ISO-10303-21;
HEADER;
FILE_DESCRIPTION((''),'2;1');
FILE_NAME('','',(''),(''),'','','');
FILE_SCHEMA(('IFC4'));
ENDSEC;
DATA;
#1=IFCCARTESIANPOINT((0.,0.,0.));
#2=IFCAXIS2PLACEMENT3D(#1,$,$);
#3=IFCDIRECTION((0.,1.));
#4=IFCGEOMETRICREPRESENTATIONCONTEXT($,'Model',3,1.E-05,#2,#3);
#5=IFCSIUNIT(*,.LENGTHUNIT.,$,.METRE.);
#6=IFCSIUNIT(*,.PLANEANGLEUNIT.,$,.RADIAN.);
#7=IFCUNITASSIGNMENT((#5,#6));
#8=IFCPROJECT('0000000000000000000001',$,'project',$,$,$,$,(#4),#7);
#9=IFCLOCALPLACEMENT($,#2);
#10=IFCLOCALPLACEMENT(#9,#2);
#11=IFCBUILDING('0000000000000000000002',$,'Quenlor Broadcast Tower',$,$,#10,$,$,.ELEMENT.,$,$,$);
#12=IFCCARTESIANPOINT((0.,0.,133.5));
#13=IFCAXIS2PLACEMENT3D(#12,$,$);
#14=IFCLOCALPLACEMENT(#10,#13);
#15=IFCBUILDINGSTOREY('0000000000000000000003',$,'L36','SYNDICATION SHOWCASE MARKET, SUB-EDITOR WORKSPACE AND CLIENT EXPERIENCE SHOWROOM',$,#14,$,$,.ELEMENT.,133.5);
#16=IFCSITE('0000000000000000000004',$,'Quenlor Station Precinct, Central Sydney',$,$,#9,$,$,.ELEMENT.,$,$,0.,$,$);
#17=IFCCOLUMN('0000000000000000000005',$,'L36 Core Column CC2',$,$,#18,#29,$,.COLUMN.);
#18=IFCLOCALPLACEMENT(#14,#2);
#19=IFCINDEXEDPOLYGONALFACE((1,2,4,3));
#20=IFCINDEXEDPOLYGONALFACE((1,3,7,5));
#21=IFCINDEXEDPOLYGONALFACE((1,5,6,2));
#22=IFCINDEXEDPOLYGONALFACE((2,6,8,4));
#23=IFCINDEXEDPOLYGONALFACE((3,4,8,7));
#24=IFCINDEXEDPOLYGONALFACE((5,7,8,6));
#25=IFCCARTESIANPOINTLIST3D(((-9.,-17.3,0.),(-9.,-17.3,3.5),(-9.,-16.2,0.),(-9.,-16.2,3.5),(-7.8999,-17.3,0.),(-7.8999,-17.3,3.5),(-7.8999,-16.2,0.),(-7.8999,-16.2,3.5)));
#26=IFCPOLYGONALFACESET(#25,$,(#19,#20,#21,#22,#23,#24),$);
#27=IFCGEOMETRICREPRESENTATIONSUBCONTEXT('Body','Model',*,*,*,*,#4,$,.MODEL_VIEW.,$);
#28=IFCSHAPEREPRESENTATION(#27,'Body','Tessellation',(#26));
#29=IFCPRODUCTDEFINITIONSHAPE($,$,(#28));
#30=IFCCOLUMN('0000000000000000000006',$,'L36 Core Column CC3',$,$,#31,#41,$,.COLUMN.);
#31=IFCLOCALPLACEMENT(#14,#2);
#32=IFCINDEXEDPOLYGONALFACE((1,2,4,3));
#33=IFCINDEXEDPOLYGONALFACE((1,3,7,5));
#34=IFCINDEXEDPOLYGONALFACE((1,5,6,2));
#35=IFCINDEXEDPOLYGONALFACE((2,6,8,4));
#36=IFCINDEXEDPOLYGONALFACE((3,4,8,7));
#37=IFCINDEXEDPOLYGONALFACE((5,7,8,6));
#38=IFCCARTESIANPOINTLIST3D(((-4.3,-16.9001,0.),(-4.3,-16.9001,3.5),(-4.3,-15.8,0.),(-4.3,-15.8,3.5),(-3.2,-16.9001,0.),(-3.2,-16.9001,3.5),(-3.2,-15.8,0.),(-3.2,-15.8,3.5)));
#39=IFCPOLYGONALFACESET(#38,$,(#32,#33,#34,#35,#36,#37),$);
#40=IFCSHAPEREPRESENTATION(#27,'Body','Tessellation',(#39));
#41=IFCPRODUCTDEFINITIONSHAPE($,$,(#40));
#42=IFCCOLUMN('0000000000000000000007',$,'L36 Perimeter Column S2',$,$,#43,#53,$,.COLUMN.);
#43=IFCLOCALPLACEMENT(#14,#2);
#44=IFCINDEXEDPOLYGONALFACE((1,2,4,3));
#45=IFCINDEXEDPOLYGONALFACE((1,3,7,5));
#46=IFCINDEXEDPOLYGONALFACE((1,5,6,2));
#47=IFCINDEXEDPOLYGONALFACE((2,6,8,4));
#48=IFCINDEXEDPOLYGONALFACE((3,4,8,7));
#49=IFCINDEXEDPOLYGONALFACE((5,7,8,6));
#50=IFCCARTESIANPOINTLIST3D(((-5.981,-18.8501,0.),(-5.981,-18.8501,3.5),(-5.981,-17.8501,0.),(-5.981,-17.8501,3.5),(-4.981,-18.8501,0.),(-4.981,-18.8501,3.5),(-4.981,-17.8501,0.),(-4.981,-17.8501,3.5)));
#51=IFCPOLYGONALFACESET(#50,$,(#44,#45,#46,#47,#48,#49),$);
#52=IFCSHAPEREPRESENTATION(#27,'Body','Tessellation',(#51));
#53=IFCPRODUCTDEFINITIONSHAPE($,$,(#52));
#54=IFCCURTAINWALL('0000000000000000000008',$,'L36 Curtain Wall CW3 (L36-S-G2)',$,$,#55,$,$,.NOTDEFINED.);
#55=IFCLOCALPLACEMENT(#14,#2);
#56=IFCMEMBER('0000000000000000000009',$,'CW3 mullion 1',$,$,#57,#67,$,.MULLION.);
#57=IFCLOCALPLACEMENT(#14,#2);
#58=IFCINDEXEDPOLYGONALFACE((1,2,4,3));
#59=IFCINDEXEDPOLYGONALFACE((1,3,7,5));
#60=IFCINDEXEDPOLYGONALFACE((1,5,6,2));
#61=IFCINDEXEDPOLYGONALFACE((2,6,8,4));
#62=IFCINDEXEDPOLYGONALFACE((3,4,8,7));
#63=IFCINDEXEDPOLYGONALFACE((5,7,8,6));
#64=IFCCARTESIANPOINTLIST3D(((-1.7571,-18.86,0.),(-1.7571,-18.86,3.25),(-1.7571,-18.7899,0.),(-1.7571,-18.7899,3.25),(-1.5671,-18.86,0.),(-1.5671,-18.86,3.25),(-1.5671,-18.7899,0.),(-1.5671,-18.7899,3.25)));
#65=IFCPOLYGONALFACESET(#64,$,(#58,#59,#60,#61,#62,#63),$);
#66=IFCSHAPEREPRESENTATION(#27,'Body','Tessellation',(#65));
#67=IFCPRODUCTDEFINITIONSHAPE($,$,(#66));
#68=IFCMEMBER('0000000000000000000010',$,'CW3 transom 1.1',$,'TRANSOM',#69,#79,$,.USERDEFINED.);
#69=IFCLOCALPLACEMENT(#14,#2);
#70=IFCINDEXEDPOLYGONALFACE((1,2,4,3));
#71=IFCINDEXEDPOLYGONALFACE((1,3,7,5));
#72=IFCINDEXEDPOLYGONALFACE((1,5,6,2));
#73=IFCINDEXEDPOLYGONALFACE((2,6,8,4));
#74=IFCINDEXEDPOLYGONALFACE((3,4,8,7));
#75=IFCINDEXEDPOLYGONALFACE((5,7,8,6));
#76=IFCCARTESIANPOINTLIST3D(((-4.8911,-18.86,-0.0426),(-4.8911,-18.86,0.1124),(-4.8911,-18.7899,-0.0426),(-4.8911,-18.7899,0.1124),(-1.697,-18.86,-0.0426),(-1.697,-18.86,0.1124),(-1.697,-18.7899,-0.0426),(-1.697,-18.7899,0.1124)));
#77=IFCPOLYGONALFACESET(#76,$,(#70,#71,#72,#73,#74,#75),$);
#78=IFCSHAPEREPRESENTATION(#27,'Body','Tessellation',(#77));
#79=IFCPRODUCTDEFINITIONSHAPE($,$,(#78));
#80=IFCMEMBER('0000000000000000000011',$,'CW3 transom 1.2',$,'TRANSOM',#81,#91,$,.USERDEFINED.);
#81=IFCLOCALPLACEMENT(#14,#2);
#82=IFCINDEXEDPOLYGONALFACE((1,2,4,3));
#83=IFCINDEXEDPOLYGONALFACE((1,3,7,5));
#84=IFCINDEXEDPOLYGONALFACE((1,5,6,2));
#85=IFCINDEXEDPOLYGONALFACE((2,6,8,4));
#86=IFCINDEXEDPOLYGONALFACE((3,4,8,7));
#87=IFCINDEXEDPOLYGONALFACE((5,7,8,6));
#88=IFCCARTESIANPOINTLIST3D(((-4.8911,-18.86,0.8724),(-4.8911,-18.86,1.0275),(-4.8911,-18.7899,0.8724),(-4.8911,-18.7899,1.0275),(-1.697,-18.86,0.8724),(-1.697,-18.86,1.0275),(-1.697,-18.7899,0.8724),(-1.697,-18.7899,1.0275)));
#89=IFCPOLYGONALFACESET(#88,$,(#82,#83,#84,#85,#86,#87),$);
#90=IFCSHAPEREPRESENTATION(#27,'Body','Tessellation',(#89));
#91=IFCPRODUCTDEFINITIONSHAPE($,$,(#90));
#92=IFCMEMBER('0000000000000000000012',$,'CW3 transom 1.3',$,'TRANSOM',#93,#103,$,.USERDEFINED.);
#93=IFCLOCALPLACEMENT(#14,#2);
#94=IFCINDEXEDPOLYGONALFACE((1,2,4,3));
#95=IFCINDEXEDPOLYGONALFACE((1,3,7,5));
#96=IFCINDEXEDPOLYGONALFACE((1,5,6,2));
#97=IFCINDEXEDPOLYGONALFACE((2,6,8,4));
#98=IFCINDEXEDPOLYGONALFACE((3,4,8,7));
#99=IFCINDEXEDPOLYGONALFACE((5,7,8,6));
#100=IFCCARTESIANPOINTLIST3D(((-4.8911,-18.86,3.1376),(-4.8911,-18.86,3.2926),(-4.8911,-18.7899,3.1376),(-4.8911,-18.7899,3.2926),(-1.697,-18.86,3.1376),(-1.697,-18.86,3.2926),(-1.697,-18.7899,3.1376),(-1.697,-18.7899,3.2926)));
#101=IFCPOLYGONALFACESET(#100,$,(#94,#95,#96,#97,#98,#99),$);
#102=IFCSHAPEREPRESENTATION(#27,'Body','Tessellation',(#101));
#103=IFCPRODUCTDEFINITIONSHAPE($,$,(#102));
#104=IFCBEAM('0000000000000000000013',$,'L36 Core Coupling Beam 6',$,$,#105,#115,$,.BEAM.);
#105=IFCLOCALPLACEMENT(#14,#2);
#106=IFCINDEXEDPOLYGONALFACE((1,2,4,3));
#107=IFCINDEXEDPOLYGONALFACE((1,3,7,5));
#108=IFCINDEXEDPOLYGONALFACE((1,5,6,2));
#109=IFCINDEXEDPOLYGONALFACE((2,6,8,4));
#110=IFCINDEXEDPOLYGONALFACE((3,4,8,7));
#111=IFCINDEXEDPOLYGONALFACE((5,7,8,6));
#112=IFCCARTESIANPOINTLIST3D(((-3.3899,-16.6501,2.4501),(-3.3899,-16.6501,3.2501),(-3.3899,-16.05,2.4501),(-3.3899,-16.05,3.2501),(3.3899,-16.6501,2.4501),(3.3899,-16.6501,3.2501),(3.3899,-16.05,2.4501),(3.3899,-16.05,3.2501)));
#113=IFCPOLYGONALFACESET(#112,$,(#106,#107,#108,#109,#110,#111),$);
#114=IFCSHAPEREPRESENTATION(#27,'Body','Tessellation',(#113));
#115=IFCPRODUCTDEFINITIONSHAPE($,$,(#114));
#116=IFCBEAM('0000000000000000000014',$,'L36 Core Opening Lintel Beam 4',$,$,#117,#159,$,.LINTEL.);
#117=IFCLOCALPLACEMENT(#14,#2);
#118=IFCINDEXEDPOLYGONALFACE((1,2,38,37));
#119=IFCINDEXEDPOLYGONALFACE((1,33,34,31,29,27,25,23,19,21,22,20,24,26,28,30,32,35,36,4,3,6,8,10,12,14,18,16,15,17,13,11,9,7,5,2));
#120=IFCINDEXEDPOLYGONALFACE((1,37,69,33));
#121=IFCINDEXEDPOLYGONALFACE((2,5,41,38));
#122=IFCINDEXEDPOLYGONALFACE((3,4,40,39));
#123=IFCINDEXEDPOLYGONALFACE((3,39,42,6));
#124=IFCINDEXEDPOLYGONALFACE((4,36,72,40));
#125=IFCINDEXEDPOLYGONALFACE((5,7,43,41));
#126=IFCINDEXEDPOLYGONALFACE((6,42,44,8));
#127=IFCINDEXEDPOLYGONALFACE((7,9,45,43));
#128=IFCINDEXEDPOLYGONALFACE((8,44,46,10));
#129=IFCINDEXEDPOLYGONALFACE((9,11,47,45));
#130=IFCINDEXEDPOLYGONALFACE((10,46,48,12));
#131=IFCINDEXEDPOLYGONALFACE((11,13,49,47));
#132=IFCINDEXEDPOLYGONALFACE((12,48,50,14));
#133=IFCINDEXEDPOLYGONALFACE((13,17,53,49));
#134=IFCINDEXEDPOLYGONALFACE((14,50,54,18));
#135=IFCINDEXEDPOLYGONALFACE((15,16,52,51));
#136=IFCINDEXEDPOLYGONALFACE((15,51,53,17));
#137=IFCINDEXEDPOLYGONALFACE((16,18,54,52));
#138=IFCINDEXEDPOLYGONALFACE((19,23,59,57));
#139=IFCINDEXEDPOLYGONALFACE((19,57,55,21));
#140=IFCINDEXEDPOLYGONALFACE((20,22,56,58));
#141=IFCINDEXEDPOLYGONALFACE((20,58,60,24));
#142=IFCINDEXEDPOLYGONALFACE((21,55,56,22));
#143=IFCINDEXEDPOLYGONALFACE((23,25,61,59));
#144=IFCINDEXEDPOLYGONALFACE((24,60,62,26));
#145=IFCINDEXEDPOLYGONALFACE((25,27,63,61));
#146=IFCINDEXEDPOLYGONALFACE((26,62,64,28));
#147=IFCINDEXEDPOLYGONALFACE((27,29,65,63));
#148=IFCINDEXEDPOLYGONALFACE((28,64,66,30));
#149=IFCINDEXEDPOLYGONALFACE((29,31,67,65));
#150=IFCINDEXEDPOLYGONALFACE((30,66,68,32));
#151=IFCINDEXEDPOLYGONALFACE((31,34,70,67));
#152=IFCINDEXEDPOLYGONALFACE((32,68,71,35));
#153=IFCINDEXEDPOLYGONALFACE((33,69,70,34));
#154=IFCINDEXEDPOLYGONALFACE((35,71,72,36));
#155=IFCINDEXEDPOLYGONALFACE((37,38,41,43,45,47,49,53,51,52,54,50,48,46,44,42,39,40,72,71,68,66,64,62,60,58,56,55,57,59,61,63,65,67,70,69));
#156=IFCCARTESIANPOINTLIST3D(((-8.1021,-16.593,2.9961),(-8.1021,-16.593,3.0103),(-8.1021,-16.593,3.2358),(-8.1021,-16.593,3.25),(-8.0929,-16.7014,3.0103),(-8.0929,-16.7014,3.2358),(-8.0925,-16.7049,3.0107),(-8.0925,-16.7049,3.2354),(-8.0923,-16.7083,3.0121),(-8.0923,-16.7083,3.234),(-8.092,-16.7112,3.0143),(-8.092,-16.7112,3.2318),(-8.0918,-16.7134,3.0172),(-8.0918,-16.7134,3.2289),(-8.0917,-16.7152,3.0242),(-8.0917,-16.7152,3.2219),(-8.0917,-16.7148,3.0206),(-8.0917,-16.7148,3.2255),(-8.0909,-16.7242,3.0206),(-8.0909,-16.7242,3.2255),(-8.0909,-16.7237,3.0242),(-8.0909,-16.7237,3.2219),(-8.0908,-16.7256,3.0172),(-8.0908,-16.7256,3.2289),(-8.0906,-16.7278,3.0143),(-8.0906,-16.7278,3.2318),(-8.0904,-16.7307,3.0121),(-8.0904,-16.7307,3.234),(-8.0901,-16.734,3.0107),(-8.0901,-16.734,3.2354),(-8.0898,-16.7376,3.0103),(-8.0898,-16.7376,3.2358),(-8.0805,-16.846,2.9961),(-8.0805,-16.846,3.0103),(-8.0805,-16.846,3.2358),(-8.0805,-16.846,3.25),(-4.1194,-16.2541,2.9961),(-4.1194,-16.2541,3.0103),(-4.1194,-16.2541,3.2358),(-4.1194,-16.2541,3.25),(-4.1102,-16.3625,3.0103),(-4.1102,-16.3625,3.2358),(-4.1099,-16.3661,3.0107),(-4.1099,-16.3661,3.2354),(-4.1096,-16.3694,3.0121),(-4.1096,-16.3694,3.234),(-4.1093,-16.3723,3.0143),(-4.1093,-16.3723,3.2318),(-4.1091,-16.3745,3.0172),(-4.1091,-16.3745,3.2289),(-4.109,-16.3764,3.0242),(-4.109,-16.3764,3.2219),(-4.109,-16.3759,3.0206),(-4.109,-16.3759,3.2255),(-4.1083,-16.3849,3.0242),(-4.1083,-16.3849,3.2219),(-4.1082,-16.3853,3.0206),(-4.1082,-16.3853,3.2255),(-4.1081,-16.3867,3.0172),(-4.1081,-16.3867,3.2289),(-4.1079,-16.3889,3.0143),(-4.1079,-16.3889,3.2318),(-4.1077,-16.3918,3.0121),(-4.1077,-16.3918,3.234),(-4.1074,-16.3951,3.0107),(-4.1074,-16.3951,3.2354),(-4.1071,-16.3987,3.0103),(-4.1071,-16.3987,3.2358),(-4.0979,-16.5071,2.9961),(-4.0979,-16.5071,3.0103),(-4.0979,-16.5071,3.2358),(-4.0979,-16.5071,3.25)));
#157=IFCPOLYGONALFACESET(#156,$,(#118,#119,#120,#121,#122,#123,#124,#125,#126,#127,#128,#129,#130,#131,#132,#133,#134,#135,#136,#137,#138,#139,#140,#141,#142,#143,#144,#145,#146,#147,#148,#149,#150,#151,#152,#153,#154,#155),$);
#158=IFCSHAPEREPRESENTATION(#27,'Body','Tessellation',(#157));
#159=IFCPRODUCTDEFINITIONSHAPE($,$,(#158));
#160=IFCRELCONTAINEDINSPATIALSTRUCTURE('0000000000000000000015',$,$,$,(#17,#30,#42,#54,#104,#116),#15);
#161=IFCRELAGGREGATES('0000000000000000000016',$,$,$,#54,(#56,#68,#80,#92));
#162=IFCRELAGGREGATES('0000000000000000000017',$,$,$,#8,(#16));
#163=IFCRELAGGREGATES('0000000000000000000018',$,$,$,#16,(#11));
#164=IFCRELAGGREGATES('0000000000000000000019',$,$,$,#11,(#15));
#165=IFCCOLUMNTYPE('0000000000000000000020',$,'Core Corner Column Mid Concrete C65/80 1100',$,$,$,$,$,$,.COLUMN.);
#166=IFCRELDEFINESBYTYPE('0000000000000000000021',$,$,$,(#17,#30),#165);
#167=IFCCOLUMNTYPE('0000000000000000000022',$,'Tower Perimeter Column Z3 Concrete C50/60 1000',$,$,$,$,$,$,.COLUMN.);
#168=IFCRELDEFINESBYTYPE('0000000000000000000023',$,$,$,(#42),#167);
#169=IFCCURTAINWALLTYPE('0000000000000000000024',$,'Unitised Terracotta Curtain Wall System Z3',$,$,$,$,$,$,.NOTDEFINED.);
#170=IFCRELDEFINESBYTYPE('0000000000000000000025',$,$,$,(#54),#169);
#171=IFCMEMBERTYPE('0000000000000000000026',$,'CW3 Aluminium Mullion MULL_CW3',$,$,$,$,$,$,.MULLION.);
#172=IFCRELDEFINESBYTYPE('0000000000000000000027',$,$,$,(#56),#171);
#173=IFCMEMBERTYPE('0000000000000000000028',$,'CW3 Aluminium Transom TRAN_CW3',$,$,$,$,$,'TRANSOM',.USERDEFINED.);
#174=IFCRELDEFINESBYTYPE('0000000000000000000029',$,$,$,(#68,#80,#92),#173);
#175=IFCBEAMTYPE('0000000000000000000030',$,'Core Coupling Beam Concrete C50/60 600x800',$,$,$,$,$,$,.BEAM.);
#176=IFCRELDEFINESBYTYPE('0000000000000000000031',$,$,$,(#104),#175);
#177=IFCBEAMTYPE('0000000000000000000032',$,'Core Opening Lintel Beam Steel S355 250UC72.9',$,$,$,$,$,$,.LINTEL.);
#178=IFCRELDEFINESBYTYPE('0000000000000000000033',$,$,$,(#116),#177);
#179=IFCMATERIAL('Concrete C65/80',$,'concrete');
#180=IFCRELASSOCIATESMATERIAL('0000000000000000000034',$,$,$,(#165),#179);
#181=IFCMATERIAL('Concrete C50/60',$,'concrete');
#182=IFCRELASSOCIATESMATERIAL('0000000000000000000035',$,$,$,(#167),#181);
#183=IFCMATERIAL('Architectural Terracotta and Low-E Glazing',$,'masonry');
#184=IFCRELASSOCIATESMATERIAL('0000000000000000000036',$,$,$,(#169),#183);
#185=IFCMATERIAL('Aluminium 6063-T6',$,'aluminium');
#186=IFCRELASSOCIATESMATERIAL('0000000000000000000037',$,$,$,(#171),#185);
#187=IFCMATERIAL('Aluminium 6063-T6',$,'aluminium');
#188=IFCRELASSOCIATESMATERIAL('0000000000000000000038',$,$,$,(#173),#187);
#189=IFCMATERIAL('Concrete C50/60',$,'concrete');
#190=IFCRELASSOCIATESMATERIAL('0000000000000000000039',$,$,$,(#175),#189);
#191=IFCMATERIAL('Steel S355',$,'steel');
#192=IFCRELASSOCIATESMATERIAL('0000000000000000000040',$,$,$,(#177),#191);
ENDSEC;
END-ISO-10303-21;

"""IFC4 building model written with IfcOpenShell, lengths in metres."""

from ifc_helpers import new_model, si_unit, direction, frame, origin, origin_2d, place, context, subcontext, project, spatial, rectangle, i_section, extrude, material, material_profile, profile_set, type_object, element, aggregate, save


model = new_model("IFC4")

# Units and contexts
model_context = context("Model", 3, precision=1e-05, world=origin(), true_north=direction((0.0, 1.0)))
body_context = subcontext(model_context, "Body", "Model", "MODEL_VIEW")
ifc_project = project(units=[si_unit("LENGTHUNIT", "METRE"), si_unit("PLANEANGLEUNIT", "RADIAN")], contexts=[model_context])

# Site, building, storey
site_placement = place(None, origin())
site = spatial("IfcSite", under=ifc_project, at=site_placement, Name="Quenlor Station Precinct, Central Sydney", CompositionType="ELEMENT", RefElevation=0.0)
building_placement = place(site_placement, origin())
building = spatial("IfcBuilding", under=site, at=building_placement, Name="Quenlor Broadcast Tower", CompositionType="ELEMENT")
storey_placement = place(building_placement, frame((0.0, 0.0, 133.5)))
storey = spatial("IfcBuildingStorey", under=building, at=storey_placement, Name="L36", Description="SYNDICATION SHOWCASE MARKET, SUB-EDITOR WORKSPACE AND CLIENT EXPERIENCE SHOWROOM", CompositionType="ELEMENT", Elevation=133.5)

# Columns
ifc_material_1 = material(Name="Concrete C65/80", Category="concrete")
ifc_material_profile_1 = material_profile(ifc_material_1, rectangle(XDim=1.1001, YDim=1.1001, at=origin_2d()))
ifc_profile_set_1 = profile_set([ifc_material_profile_1], Name="Concrete C65/80 RC1100x1100")
column_type_1 = type_object("IfcColumnType", Name="Core Corner Column Mid Concrete C65/80 1100", PredefinedType="COLUMN", material=ifc_profile_set_1)
for number, where, z_axis, x_axis, name in (
    (1, (-8.45, -16.75, 0.0), (0.0, 0.0, 1.0), (1.0, 0.0, 0.0), "L36 Core Column CC2"),
    (2, (-3.75, -16.3501, 0.0), (0.0, 0.0, 1.0), (1.0, 0.0, 0.0), "L36 Core Column CC3"),
):
    element("IfcColumn", number, at=place(storey_placement, frame(where, z_axis=z_axis, x_axis=x_axis)), inside=storey, type_object=column_type_1, Name=name, PredefinedType="COLUMN", context=body_context, shape_type="SweptSolid", body=[
        extrude(rectangle(XDim=1.1001, YDim=1.1001, at=origin_2d()), origin(), (0.0, 0.0, 1.0), 3.5),
    ])
ifc_material_2 = material(Name="Concrete C50/60", Category="concrete")
ifc_material_profile_2 = material_profile(ifc_material_2, rectangle(XDim=1.0, YDim=1.0, at=origin_2d()))
ifc_profile_set_2 = profile_set([ifc_material_profile_2], Name="Concrete C50/60 RC1000x1000")
column_type_2 = type_object("IfcColumnType", Name="Tower Perimeter Column Z3 Concrete C50/60 1000", PredefinedType="COLUMN", material=ifc_profile_set_2)
column_placement = place(storey_placement, frame((-5.481, -18.3501, 0.0), z_axis=(0.0, 0.0, 1.0), x_axis=(0.0, 1.0, 0.0)))
element("IfcColumn", 3, at=column_placement, inside=storey, type_object=column_type_2, Name="L36 Perimeter Column S2", PredefinedType="COLUMN", context=body_context, shape_type="SweptSolid", body=[
    extrude(rectangle(XDim=1.0, YDim=1.0, at=origin_2d()), origin(), (0.0, 0.0, 1.0), 3.5),
])

# Curtain wall, members
ifc_material_3 = material(Name="Architectural Terracotta and Low-E Glazing", Category="masonry")
curtain_wall_type = type_object("IfcCurtainWallType", Name="Unitised Terracotta Curtain Wall System Z3", PredefinedType="NOTDEFINED", material=ifc_material_3)
curtain_wall_placement = place(storey_placement, origin())
curtain_wall = element("IfcCurtainWall", 4, at=curtain_wall_placement, inside=storey, type_object=curtain_wall_type, Name="L36 Curtain Wall CW3 (L36-S-G2)", PredefinedType="NOTDEFINED")
ifc_material_4 = material(Name="Aluminium 6063-T6", Category="aluminium")
ifc_material_profile_3 = material_profile(ifc_material_4, rectangle(XDim=0.0701, YDim=0.1899, at=origin_2d()))
ifc_profile_set_3 = profile_set([ifc_material_profile_3], Name="Aluminium 6063-T6 MULL70x190")
member_type_1 = type_object("IfcMemberType", Name="CW3 Aluminium Mullion MULL_CW3", PredefinedType="MULLION", material=ifc_profile_set_3)
member_1_placement = place(storey_placement, frame((-1.6621, -18.825, 0.0), z_axis=(0.0, 0.0, 1.0), x_axis=(0.0, -1.0, 0.0)))
member_1 = element("IfcMember", 5, at=member_1_placement, type_object=member_type_1, Name="CW3 mullion 1", PredefinedType="MULLION", context=body_context, shape_type="SweptSolid", body=[
    extrude(rectangle(XDim=0.0701, YDim=0.1899, at=origin_2d()), origin(), (0.0, 0.0, 1.0), 3.25),
])
ifc_material_5 = material(Name="Aluminium 6063-T6", Category="aluminium")
ifc_material_profile_4 = material_profile(ifc_material_5, rectangle(XDim=0.0701, YDim=0.155, at=origin_2d()))
ifc_profile_set_4 = profile_set([ifc_material_profile_4], Name="Aluminium 6063-T6 TRAN70x155")
member_type_2 = type_object("IfcMemberType", Name="CW3 Aluminium Transom TRAN_CW3", ElementType="TRANSOM", PredefinedType="USERDEFINED", material=ifc_profile_set_4)
member_2_placement = place(storey_placement, frame((-1.697, -18.825, 0.0349), z_axis=(-1.0, 0.0, 0.0), x_axis=(0.0, -1.0, 0.0)))
member_2 = element("IfcMember", 6, at=member_2_placement, type_object=member_type_2, Name="CW3 transom 1.1", ObjectType="TRANSOM", PredefinedType="USERDEFINED", context=body_context, shape_type="SweptSolid", body=[
    extrude(rectangle(XDim=0.0701, YDim=0.155, at=origin_2d()), origin(), (0.0, 0.0, 1.0), 3.1941),
])
member_3_placement = place(storey_placement, frame((-1.697, -18.825, 0.95), z_axis=(-1.0, 0.0, 0.0), x_axis=(0.0, -1.0, 0.0)))
member_3 = element("IfcMember", 7, at=member_3_placement, type_object=member_type_2, Name="CW3 transom 1.2", ObjectType="TRANSOM", PredefinedType="USERDEFINED", context=body_context, shape_type="SweptSolid", body=[
    extrude(rectangle(XDim=0.0701, YDim=0.155, at=origin_2d()), origin(), (0.0, 0.0, 1.0), 3.1941),
])
member_4_placement = place(storey_placement, frame((-1.697, -18.825, 3.2151), z_axis=(-1.0, 0.0, 0.0), x_axis=(0.0, -1.0, 0.0)))
member_4 = element("IfcMember", 8, at=member_4_placement, type_object=member_type_2, Name="CW3 transom 1.3", ObjectType="TRANSOM", PredefinedType="USERDEFINED", context=body_context, shape_type="SweptSolid", body=[
    extrude(rectangle(XDim=0.0701, YDim=0.155, at=origin_2d()), origin(), (0.0, 0.0, 1.0), 3.1941),
])

# Beams
ifc_material_6 = material(Name="Concrete C50/60", Category="concrete")
ifc_material_profile_5 = material_profile(ifc_material_6, rectangle(XDim=0.6001, YDim=0.8, at=origin_2d()))
ifc_profile_set_5 = profile_set([ifc_material_profile_5], Name="Concrete C50/60 RCB600x800")
beam_type_1 = type_object("IfcBeamType", Name="Core Coupling Beam Concrete C50/60 600x800", PredefinedType="BEAM", material=ifc_profile_set_5)
beam_1_placement = place(storey_placement, frame((-3.3899, -16.3501, 2.8501), z_axis=(1.0, 0.0, 0.0), x_axis=(0.0, 1.0, 0.0)))
element("IfcBeam", 9, at=beam_1_placement, inside=storey, type_object=beam_type_1, Name="L36 Core Coupling Beam 6", PredefinedType="BEAM", context=body_context, shape_type="SweptSolid", body=[
    extrude(rectangle(XDim=0.6001, YDim=0.8, at=origin_2d()), origin(), (0.0, 0.0, 1.0), 6.7798),
])
ifc_material_7 = material(Name="Steel S355", Category="steel")
ifc_material_profile_6 = material_profile(ifc_material_7, i_section(OverallWidth=0.2539, OverallDepth=0.2539, WebThickness=0.0085, FlangeThickness=0.0142, FilletRadius=0.0139, at=origin_2d()))
ifc_profile_set_6 = profile_set([ifc_material_profile_6], Name="Steel S355 250UC72.9")
beam_type_2 = type_object("IfcBeamType", Name="Core Opening Lintel Beam Steel S355 250UC72.9", PredefinedType="LINTEL", material=ifc_profile_set_6)
beam_2_placement = place(storey_placement, frame((-8.0913, -16.7195, 3.123), z_axis=(0.9964, 0.084779, 0.0), x_axis=(-0.084779, 0.9964, 0.0)))
element("IfcBeam", 10, at=beam_2_placement, inside=storey, type_object=beam_type_2, Name="L36 Core Opening Lintel Beam 4", PredefinedType="LINTEL", context=body_context, shape_type="SweptSolid", body=[
    extrude(i_section(OverallWidth=0.2539, OverallDepth=0.2539, WebThickness=0.0085, FlangeThickness=0.0142, FilletRadius=0.0139, at=origin_2d()), origin(), (0.0, 0.0, 1.0), 3.9971),
])

aggregate(curtain_wall, [member_1, member_2, member_3, member_4])

save(model, "model.ifc")
